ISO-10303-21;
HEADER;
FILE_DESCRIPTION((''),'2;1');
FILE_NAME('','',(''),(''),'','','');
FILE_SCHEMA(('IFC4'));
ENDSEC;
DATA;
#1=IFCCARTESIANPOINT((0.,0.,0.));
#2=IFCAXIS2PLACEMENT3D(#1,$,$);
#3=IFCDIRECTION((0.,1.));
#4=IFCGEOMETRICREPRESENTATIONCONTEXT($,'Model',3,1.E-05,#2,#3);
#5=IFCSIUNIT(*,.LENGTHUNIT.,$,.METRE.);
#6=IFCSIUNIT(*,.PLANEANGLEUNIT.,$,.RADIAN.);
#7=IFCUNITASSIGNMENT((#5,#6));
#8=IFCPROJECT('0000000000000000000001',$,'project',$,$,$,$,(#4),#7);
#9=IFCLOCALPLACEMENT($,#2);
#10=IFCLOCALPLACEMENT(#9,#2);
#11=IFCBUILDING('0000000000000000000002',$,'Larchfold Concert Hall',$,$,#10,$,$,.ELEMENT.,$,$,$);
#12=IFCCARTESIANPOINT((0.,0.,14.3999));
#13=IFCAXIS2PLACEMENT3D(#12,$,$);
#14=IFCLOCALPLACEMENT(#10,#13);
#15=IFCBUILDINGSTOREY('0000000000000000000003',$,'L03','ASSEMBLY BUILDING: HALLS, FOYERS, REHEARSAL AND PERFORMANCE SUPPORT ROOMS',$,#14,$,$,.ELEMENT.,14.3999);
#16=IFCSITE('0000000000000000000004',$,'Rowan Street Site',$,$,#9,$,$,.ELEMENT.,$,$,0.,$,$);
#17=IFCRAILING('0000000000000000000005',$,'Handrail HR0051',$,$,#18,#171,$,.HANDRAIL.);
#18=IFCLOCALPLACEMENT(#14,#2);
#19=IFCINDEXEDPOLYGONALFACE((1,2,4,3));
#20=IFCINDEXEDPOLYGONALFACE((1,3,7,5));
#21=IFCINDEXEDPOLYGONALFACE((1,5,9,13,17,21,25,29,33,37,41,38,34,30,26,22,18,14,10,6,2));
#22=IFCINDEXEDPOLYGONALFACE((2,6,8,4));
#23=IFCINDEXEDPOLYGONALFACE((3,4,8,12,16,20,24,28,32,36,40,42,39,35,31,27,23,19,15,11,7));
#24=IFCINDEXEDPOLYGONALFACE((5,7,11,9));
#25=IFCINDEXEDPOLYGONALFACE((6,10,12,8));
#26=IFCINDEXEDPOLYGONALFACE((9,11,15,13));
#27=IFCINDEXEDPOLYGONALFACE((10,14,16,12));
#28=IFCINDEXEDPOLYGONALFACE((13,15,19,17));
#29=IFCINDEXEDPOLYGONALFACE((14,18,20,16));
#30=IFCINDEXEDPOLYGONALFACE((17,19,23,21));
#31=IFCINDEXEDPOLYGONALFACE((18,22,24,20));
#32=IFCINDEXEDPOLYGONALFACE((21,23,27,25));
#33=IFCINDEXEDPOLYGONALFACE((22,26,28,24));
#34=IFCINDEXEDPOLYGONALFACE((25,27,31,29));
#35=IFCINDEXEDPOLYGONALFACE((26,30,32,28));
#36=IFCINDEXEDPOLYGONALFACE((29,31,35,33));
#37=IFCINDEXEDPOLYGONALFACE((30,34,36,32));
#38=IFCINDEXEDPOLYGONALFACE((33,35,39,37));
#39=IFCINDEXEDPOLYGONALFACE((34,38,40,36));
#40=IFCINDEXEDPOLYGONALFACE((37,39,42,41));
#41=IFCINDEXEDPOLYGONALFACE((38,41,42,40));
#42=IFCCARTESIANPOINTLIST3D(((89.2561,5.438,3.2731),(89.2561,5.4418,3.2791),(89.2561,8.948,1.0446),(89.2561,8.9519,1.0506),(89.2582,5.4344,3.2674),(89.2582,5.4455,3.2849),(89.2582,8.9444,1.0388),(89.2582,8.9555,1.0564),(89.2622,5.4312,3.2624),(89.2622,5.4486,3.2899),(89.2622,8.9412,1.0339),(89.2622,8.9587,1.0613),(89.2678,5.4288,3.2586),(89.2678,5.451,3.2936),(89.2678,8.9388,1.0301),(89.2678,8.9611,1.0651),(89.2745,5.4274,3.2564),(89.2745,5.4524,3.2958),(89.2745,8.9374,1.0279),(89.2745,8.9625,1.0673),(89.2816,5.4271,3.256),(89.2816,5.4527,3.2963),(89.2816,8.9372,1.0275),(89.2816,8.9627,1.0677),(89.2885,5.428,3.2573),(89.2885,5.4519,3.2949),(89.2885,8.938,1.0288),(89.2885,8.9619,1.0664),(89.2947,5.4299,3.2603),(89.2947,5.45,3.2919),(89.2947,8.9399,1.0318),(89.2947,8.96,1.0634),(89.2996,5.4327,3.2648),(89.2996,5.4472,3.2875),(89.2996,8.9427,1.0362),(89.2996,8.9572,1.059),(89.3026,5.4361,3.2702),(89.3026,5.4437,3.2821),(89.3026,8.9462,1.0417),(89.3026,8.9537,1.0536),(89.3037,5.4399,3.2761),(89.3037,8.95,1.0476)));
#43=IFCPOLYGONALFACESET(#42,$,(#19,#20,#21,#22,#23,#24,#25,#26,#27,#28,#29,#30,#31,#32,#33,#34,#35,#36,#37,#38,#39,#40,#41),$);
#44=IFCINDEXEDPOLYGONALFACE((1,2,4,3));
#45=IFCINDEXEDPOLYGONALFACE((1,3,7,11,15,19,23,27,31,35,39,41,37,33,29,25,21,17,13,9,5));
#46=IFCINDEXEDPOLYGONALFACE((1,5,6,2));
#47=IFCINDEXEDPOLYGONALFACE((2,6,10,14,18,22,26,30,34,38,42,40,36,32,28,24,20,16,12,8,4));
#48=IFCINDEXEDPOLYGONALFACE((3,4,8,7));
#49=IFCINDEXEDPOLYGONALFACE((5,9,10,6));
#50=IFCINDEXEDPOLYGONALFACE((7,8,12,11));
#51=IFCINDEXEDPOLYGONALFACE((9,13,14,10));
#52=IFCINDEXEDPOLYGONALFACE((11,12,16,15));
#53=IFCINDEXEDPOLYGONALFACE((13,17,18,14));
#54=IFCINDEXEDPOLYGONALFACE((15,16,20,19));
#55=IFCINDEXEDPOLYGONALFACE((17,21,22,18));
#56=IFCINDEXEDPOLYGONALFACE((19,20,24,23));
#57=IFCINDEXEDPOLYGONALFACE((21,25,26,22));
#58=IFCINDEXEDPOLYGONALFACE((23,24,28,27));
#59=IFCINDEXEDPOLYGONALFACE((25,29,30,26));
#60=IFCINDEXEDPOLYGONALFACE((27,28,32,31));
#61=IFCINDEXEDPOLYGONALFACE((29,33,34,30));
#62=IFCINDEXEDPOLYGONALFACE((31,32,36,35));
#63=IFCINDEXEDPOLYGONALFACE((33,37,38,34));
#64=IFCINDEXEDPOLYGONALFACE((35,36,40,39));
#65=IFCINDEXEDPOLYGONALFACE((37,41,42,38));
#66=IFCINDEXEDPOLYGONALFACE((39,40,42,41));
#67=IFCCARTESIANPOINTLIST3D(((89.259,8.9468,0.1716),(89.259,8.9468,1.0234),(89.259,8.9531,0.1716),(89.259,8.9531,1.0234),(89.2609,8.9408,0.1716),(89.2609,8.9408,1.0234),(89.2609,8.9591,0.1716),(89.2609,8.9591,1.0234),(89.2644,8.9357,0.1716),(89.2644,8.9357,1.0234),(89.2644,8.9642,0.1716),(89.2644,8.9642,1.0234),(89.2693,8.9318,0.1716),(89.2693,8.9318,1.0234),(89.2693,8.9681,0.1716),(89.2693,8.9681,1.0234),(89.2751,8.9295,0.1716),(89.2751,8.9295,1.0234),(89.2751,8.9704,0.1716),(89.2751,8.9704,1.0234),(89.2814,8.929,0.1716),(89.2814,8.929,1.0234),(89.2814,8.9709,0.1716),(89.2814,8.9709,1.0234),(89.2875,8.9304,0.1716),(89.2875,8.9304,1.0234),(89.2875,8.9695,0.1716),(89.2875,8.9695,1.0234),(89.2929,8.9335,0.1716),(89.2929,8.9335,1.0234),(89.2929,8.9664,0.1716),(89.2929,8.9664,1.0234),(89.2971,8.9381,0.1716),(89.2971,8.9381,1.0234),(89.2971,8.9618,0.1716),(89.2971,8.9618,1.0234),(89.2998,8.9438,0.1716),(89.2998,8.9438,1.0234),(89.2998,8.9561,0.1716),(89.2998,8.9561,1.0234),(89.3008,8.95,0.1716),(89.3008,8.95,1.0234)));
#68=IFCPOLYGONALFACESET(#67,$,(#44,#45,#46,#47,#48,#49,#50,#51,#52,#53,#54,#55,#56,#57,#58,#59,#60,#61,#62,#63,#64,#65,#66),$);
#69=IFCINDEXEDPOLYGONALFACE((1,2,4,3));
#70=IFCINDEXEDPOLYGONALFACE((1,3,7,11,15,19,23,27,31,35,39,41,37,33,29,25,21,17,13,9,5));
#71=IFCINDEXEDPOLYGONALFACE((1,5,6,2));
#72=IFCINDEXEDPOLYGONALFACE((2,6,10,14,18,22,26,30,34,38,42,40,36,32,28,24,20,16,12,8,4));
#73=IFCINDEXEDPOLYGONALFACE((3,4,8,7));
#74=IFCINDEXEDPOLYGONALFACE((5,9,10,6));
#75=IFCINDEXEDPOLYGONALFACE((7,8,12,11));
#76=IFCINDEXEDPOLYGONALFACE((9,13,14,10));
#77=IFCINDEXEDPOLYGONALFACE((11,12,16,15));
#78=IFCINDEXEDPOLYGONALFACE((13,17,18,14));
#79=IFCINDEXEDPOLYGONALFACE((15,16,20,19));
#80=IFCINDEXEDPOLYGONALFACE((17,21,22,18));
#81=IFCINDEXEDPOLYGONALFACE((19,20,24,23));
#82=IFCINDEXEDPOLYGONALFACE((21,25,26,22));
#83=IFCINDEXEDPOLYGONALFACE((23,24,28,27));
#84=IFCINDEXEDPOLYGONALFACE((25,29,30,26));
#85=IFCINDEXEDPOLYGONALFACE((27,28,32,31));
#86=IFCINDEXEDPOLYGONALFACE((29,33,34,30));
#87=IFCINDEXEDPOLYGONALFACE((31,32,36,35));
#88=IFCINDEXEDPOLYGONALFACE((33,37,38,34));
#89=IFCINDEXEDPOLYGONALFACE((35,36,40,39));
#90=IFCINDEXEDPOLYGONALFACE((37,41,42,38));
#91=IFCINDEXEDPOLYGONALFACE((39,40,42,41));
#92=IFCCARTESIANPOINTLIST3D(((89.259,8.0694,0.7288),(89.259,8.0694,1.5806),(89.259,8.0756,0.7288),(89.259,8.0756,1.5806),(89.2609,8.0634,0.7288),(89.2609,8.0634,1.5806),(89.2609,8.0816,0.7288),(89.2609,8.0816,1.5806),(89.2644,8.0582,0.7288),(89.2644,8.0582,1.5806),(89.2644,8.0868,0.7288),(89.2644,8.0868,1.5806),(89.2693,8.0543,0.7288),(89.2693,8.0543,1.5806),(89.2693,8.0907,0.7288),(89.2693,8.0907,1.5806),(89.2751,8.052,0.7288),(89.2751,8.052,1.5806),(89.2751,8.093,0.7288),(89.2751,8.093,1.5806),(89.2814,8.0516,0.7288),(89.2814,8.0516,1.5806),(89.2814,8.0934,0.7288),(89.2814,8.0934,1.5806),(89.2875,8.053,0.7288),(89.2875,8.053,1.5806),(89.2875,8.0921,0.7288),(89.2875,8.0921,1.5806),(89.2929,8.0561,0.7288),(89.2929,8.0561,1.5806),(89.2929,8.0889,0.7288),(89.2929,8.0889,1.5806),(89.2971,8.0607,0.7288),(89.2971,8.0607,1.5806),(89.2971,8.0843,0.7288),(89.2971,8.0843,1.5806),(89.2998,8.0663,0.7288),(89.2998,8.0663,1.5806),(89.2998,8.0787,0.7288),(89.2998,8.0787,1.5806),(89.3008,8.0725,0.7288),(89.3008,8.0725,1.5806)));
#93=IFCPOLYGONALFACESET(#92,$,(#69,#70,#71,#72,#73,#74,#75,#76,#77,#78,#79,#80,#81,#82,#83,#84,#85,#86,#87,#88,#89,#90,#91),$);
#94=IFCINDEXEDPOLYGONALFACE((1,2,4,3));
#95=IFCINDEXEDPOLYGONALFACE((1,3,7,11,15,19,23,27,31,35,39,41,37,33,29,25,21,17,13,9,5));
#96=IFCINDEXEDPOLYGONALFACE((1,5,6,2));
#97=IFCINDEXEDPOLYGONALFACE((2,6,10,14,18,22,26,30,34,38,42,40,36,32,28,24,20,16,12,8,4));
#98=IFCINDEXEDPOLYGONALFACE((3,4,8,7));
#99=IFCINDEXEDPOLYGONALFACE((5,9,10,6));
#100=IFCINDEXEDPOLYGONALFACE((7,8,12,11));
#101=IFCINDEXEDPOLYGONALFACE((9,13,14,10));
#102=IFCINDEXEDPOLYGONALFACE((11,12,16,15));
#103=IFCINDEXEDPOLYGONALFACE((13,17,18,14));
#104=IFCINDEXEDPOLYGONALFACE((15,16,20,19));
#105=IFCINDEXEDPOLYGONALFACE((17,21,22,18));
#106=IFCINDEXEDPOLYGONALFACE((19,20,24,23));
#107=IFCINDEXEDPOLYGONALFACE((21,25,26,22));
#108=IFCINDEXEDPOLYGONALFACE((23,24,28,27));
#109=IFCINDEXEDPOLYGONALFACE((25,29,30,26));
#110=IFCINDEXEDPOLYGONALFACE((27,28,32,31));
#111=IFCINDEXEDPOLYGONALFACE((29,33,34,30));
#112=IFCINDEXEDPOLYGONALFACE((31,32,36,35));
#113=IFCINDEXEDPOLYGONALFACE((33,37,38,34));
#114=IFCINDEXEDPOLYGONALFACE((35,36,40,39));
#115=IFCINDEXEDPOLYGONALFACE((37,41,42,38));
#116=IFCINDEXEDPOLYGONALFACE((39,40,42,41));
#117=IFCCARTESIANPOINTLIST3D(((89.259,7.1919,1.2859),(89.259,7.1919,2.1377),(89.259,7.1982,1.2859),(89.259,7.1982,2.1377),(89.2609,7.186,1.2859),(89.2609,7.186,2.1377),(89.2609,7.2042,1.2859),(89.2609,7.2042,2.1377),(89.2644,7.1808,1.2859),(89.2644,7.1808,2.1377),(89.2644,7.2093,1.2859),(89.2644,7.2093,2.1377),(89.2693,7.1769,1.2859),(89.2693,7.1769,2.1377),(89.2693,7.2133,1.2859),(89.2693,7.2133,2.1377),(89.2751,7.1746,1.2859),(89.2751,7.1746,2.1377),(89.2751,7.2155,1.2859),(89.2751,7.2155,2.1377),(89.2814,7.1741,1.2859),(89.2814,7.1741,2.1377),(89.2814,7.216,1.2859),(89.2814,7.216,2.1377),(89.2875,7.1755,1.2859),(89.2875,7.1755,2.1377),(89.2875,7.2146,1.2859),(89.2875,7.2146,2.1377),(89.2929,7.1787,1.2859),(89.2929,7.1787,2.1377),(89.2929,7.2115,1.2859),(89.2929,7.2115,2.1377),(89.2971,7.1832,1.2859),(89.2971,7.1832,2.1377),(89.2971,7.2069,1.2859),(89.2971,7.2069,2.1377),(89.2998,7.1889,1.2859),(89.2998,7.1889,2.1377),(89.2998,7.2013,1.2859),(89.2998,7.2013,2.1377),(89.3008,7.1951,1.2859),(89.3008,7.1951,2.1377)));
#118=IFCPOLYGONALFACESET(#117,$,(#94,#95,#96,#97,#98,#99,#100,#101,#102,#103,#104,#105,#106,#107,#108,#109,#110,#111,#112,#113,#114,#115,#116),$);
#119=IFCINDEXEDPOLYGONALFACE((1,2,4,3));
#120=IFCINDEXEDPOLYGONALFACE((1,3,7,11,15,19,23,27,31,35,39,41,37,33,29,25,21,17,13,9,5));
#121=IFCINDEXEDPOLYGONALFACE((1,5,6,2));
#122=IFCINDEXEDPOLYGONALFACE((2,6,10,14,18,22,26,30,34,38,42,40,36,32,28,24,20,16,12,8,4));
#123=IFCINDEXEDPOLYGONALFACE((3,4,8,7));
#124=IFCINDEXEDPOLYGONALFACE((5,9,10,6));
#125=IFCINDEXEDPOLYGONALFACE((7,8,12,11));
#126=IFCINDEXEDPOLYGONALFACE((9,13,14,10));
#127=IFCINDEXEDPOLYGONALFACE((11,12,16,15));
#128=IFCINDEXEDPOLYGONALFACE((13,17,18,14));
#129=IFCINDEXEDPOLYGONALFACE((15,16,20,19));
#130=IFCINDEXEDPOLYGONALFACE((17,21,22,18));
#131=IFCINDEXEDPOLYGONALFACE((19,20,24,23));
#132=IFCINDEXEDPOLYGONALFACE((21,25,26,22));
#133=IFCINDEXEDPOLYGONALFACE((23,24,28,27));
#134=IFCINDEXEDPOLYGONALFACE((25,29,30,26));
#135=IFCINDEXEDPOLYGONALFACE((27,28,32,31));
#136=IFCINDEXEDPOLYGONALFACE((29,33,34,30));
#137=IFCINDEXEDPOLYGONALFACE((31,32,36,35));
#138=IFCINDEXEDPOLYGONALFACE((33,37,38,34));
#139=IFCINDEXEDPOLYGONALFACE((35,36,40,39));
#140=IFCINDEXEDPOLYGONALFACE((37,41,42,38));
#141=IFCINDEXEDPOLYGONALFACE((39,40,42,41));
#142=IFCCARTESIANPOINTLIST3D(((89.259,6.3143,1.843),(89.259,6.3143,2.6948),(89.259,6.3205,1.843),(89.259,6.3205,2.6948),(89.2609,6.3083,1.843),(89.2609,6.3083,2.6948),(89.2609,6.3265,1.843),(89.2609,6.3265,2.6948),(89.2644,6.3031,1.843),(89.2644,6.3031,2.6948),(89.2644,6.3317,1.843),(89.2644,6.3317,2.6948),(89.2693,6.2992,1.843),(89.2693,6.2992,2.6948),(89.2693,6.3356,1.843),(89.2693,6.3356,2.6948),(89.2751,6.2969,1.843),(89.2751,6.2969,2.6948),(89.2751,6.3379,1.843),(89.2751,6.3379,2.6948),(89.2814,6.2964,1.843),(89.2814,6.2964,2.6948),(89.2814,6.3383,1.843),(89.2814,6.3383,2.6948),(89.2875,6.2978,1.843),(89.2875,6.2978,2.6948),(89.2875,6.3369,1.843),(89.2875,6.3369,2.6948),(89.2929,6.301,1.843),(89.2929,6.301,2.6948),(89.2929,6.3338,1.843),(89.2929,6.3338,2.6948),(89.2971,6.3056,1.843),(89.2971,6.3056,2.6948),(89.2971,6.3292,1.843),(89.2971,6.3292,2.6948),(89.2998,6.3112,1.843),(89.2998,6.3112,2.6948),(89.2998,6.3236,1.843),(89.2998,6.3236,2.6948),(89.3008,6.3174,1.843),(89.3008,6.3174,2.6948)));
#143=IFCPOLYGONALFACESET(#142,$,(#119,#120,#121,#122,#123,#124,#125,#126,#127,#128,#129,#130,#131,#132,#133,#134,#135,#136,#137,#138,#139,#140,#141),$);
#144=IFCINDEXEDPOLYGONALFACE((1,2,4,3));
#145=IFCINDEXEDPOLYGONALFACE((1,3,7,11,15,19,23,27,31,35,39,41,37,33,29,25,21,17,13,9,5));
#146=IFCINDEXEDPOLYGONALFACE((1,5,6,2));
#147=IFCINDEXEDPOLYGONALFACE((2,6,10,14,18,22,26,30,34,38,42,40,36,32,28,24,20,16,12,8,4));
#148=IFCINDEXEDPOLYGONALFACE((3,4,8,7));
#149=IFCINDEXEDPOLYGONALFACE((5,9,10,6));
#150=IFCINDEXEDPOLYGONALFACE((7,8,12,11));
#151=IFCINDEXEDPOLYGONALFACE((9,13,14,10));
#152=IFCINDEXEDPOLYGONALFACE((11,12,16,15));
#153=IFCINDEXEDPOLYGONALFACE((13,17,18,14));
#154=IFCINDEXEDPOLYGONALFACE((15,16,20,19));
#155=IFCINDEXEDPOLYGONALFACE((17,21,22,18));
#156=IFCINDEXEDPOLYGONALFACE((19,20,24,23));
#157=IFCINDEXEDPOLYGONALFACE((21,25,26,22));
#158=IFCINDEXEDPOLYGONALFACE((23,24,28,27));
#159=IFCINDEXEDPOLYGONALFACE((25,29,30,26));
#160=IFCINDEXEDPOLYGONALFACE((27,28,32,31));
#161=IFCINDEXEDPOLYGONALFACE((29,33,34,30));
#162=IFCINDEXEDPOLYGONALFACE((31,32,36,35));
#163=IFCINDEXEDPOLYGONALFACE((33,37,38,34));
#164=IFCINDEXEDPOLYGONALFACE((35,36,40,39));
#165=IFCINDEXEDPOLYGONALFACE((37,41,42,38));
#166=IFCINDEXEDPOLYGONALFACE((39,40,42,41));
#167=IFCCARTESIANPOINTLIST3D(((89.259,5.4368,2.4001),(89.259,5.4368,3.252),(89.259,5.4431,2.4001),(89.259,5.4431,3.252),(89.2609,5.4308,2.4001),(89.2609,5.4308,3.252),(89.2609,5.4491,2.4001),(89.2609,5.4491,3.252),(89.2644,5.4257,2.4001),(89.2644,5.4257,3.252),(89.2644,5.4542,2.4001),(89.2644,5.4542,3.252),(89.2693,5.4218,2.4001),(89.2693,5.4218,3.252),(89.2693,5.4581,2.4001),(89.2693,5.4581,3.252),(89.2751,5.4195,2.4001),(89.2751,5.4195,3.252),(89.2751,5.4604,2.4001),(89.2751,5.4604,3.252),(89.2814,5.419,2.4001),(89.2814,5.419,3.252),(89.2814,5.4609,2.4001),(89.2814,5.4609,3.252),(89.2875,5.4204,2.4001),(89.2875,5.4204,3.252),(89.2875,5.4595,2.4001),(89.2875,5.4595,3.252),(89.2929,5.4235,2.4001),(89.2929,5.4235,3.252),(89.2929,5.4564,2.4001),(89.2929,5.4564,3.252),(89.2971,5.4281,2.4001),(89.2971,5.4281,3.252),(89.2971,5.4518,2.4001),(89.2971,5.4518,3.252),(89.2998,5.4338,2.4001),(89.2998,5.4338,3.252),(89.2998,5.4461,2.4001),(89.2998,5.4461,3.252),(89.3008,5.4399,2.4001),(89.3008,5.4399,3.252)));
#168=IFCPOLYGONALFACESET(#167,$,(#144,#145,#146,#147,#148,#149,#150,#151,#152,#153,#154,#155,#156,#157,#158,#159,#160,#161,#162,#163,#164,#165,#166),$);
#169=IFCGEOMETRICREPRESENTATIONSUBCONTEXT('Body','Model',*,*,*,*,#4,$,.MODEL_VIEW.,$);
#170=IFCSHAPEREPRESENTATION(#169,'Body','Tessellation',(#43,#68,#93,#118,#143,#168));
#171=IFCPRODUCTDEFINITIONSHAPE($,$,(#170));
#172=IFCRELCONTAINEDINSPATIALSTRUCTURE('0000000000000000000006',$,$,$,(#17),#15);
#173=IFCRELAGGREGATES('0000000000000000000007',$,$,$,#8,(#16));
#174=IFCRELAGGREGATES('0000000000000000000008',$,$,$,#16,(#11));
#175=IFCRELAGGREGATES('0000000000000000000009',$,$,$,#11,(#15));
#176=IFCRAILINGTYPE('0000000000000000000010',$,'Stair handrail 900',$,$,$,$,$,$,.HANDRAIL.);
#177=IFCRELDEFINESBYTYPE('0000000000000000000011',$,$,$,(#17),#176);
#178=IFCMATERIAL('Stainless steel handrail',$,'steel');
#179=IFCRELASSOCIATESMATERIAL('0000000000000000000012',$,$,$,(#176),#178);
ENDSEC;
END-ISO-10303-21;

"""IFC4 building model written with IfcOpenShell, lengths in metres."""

from ifc_helpers import new_model, si_unit, direction, frame, origin, origin_2d, place, context, subcontext, project, spatial, circle, extrude, material, type_object, element, save


model = new_model("IFC4")

# Units and contexts
model_context = context("Model", 3, precision=1e-05, world=origin(), true_north=direction((0.0, 1.0)))
body_context = subcontext(model_context, "Body", "Model", "MODEL_VIEW")
ifc_project = project(units=[si_unit("LENGTHUNIT", "METRE"), si_unit("PLANEANGLEUNIT", "RADIAN")], contexts=[model_context])

# Site, building, storey
site_placement = place(None, origin())
site = spatial("IfcSite", under=ifc_project, at=site_placement, Name="Rowan Street Site", CompositionType="ELEMENT", RefElevation=0.0)
building_placement = place(site_placement, origin())
building = spatial("IfcBuilding", under=site, at=building_placement, Name="Larchfold Concert Hall", CompositionType="ELEMENT")
storey_placement = place(building_placement, frame((0.0, 0.0, 14.3999)))
storey = spatial("IfcBuildingStorey", under=building, at=storey_placement, Name="L03", Description="ASSEMBLY BUILDING: HALLS, FOYERS, REHEARSAL AND PERFORMANCE SUPPORT ROOMS", CompositionType="ELEMENT", Elevation=14.3999)

# Railing
ifc_material_1 = material(Name="Stainless steel handrail", Category="steel")
railing_type_1 = type_object("IfcRailingType", Name="Stair handrail 900", PredefinedType="HANDRAIL", material=ifc_material_1)
railing_1_placement = place(storey_placement, frame((89.2798, 8.95, 0.1716)))
element("IfcRailing", 1, at=railing_1_placement, inside=storey, type_object=railing_type_1, Name="Handrail HR0051", PredefinedType="HANDRAIL", context=body_context, shape_type="SweptSolid", body=[
    extrude(circle(Radius=0.0239, at=origin_2d()), frame((0.0, 0.0, 0.876), z_axis=(0.0, -0.84422, 0.535998), x_axis=(1.0, 0.0, 0.0)), (0.0, 0.0, 1.0), 4.1577),
    extrude(circle(Radius=0.021, at=origin_2d()), origin(), (0.0, 0.0, 1.0), 0.8518),
    extrude(circle(Radius=0.021, at=origin_2d()), frame((0.0, -0.8774, 0.5571)), (0.0, 0.0, 1.0), 0.8518),
    extrude(circle(Radius=0.021, at=origin_2d()), frame((0.0, -1.7549, 1.1143)), (0.0, 0.0, 1.0), 0.8518),
    extrude(circle(Radius=0.021, at=origin_2d()), frame((0.0, -2.6326, 1.6714)), (0.0, 0.0, 1.0), 0.8518),
    extrude(circle(Radius=0.021, at=origin_2d()), frame((0.0, -3.51, 2.2285)), (0.0, 0.0, 1.0), 0.8518),
])

save(model, "model.ifc")
